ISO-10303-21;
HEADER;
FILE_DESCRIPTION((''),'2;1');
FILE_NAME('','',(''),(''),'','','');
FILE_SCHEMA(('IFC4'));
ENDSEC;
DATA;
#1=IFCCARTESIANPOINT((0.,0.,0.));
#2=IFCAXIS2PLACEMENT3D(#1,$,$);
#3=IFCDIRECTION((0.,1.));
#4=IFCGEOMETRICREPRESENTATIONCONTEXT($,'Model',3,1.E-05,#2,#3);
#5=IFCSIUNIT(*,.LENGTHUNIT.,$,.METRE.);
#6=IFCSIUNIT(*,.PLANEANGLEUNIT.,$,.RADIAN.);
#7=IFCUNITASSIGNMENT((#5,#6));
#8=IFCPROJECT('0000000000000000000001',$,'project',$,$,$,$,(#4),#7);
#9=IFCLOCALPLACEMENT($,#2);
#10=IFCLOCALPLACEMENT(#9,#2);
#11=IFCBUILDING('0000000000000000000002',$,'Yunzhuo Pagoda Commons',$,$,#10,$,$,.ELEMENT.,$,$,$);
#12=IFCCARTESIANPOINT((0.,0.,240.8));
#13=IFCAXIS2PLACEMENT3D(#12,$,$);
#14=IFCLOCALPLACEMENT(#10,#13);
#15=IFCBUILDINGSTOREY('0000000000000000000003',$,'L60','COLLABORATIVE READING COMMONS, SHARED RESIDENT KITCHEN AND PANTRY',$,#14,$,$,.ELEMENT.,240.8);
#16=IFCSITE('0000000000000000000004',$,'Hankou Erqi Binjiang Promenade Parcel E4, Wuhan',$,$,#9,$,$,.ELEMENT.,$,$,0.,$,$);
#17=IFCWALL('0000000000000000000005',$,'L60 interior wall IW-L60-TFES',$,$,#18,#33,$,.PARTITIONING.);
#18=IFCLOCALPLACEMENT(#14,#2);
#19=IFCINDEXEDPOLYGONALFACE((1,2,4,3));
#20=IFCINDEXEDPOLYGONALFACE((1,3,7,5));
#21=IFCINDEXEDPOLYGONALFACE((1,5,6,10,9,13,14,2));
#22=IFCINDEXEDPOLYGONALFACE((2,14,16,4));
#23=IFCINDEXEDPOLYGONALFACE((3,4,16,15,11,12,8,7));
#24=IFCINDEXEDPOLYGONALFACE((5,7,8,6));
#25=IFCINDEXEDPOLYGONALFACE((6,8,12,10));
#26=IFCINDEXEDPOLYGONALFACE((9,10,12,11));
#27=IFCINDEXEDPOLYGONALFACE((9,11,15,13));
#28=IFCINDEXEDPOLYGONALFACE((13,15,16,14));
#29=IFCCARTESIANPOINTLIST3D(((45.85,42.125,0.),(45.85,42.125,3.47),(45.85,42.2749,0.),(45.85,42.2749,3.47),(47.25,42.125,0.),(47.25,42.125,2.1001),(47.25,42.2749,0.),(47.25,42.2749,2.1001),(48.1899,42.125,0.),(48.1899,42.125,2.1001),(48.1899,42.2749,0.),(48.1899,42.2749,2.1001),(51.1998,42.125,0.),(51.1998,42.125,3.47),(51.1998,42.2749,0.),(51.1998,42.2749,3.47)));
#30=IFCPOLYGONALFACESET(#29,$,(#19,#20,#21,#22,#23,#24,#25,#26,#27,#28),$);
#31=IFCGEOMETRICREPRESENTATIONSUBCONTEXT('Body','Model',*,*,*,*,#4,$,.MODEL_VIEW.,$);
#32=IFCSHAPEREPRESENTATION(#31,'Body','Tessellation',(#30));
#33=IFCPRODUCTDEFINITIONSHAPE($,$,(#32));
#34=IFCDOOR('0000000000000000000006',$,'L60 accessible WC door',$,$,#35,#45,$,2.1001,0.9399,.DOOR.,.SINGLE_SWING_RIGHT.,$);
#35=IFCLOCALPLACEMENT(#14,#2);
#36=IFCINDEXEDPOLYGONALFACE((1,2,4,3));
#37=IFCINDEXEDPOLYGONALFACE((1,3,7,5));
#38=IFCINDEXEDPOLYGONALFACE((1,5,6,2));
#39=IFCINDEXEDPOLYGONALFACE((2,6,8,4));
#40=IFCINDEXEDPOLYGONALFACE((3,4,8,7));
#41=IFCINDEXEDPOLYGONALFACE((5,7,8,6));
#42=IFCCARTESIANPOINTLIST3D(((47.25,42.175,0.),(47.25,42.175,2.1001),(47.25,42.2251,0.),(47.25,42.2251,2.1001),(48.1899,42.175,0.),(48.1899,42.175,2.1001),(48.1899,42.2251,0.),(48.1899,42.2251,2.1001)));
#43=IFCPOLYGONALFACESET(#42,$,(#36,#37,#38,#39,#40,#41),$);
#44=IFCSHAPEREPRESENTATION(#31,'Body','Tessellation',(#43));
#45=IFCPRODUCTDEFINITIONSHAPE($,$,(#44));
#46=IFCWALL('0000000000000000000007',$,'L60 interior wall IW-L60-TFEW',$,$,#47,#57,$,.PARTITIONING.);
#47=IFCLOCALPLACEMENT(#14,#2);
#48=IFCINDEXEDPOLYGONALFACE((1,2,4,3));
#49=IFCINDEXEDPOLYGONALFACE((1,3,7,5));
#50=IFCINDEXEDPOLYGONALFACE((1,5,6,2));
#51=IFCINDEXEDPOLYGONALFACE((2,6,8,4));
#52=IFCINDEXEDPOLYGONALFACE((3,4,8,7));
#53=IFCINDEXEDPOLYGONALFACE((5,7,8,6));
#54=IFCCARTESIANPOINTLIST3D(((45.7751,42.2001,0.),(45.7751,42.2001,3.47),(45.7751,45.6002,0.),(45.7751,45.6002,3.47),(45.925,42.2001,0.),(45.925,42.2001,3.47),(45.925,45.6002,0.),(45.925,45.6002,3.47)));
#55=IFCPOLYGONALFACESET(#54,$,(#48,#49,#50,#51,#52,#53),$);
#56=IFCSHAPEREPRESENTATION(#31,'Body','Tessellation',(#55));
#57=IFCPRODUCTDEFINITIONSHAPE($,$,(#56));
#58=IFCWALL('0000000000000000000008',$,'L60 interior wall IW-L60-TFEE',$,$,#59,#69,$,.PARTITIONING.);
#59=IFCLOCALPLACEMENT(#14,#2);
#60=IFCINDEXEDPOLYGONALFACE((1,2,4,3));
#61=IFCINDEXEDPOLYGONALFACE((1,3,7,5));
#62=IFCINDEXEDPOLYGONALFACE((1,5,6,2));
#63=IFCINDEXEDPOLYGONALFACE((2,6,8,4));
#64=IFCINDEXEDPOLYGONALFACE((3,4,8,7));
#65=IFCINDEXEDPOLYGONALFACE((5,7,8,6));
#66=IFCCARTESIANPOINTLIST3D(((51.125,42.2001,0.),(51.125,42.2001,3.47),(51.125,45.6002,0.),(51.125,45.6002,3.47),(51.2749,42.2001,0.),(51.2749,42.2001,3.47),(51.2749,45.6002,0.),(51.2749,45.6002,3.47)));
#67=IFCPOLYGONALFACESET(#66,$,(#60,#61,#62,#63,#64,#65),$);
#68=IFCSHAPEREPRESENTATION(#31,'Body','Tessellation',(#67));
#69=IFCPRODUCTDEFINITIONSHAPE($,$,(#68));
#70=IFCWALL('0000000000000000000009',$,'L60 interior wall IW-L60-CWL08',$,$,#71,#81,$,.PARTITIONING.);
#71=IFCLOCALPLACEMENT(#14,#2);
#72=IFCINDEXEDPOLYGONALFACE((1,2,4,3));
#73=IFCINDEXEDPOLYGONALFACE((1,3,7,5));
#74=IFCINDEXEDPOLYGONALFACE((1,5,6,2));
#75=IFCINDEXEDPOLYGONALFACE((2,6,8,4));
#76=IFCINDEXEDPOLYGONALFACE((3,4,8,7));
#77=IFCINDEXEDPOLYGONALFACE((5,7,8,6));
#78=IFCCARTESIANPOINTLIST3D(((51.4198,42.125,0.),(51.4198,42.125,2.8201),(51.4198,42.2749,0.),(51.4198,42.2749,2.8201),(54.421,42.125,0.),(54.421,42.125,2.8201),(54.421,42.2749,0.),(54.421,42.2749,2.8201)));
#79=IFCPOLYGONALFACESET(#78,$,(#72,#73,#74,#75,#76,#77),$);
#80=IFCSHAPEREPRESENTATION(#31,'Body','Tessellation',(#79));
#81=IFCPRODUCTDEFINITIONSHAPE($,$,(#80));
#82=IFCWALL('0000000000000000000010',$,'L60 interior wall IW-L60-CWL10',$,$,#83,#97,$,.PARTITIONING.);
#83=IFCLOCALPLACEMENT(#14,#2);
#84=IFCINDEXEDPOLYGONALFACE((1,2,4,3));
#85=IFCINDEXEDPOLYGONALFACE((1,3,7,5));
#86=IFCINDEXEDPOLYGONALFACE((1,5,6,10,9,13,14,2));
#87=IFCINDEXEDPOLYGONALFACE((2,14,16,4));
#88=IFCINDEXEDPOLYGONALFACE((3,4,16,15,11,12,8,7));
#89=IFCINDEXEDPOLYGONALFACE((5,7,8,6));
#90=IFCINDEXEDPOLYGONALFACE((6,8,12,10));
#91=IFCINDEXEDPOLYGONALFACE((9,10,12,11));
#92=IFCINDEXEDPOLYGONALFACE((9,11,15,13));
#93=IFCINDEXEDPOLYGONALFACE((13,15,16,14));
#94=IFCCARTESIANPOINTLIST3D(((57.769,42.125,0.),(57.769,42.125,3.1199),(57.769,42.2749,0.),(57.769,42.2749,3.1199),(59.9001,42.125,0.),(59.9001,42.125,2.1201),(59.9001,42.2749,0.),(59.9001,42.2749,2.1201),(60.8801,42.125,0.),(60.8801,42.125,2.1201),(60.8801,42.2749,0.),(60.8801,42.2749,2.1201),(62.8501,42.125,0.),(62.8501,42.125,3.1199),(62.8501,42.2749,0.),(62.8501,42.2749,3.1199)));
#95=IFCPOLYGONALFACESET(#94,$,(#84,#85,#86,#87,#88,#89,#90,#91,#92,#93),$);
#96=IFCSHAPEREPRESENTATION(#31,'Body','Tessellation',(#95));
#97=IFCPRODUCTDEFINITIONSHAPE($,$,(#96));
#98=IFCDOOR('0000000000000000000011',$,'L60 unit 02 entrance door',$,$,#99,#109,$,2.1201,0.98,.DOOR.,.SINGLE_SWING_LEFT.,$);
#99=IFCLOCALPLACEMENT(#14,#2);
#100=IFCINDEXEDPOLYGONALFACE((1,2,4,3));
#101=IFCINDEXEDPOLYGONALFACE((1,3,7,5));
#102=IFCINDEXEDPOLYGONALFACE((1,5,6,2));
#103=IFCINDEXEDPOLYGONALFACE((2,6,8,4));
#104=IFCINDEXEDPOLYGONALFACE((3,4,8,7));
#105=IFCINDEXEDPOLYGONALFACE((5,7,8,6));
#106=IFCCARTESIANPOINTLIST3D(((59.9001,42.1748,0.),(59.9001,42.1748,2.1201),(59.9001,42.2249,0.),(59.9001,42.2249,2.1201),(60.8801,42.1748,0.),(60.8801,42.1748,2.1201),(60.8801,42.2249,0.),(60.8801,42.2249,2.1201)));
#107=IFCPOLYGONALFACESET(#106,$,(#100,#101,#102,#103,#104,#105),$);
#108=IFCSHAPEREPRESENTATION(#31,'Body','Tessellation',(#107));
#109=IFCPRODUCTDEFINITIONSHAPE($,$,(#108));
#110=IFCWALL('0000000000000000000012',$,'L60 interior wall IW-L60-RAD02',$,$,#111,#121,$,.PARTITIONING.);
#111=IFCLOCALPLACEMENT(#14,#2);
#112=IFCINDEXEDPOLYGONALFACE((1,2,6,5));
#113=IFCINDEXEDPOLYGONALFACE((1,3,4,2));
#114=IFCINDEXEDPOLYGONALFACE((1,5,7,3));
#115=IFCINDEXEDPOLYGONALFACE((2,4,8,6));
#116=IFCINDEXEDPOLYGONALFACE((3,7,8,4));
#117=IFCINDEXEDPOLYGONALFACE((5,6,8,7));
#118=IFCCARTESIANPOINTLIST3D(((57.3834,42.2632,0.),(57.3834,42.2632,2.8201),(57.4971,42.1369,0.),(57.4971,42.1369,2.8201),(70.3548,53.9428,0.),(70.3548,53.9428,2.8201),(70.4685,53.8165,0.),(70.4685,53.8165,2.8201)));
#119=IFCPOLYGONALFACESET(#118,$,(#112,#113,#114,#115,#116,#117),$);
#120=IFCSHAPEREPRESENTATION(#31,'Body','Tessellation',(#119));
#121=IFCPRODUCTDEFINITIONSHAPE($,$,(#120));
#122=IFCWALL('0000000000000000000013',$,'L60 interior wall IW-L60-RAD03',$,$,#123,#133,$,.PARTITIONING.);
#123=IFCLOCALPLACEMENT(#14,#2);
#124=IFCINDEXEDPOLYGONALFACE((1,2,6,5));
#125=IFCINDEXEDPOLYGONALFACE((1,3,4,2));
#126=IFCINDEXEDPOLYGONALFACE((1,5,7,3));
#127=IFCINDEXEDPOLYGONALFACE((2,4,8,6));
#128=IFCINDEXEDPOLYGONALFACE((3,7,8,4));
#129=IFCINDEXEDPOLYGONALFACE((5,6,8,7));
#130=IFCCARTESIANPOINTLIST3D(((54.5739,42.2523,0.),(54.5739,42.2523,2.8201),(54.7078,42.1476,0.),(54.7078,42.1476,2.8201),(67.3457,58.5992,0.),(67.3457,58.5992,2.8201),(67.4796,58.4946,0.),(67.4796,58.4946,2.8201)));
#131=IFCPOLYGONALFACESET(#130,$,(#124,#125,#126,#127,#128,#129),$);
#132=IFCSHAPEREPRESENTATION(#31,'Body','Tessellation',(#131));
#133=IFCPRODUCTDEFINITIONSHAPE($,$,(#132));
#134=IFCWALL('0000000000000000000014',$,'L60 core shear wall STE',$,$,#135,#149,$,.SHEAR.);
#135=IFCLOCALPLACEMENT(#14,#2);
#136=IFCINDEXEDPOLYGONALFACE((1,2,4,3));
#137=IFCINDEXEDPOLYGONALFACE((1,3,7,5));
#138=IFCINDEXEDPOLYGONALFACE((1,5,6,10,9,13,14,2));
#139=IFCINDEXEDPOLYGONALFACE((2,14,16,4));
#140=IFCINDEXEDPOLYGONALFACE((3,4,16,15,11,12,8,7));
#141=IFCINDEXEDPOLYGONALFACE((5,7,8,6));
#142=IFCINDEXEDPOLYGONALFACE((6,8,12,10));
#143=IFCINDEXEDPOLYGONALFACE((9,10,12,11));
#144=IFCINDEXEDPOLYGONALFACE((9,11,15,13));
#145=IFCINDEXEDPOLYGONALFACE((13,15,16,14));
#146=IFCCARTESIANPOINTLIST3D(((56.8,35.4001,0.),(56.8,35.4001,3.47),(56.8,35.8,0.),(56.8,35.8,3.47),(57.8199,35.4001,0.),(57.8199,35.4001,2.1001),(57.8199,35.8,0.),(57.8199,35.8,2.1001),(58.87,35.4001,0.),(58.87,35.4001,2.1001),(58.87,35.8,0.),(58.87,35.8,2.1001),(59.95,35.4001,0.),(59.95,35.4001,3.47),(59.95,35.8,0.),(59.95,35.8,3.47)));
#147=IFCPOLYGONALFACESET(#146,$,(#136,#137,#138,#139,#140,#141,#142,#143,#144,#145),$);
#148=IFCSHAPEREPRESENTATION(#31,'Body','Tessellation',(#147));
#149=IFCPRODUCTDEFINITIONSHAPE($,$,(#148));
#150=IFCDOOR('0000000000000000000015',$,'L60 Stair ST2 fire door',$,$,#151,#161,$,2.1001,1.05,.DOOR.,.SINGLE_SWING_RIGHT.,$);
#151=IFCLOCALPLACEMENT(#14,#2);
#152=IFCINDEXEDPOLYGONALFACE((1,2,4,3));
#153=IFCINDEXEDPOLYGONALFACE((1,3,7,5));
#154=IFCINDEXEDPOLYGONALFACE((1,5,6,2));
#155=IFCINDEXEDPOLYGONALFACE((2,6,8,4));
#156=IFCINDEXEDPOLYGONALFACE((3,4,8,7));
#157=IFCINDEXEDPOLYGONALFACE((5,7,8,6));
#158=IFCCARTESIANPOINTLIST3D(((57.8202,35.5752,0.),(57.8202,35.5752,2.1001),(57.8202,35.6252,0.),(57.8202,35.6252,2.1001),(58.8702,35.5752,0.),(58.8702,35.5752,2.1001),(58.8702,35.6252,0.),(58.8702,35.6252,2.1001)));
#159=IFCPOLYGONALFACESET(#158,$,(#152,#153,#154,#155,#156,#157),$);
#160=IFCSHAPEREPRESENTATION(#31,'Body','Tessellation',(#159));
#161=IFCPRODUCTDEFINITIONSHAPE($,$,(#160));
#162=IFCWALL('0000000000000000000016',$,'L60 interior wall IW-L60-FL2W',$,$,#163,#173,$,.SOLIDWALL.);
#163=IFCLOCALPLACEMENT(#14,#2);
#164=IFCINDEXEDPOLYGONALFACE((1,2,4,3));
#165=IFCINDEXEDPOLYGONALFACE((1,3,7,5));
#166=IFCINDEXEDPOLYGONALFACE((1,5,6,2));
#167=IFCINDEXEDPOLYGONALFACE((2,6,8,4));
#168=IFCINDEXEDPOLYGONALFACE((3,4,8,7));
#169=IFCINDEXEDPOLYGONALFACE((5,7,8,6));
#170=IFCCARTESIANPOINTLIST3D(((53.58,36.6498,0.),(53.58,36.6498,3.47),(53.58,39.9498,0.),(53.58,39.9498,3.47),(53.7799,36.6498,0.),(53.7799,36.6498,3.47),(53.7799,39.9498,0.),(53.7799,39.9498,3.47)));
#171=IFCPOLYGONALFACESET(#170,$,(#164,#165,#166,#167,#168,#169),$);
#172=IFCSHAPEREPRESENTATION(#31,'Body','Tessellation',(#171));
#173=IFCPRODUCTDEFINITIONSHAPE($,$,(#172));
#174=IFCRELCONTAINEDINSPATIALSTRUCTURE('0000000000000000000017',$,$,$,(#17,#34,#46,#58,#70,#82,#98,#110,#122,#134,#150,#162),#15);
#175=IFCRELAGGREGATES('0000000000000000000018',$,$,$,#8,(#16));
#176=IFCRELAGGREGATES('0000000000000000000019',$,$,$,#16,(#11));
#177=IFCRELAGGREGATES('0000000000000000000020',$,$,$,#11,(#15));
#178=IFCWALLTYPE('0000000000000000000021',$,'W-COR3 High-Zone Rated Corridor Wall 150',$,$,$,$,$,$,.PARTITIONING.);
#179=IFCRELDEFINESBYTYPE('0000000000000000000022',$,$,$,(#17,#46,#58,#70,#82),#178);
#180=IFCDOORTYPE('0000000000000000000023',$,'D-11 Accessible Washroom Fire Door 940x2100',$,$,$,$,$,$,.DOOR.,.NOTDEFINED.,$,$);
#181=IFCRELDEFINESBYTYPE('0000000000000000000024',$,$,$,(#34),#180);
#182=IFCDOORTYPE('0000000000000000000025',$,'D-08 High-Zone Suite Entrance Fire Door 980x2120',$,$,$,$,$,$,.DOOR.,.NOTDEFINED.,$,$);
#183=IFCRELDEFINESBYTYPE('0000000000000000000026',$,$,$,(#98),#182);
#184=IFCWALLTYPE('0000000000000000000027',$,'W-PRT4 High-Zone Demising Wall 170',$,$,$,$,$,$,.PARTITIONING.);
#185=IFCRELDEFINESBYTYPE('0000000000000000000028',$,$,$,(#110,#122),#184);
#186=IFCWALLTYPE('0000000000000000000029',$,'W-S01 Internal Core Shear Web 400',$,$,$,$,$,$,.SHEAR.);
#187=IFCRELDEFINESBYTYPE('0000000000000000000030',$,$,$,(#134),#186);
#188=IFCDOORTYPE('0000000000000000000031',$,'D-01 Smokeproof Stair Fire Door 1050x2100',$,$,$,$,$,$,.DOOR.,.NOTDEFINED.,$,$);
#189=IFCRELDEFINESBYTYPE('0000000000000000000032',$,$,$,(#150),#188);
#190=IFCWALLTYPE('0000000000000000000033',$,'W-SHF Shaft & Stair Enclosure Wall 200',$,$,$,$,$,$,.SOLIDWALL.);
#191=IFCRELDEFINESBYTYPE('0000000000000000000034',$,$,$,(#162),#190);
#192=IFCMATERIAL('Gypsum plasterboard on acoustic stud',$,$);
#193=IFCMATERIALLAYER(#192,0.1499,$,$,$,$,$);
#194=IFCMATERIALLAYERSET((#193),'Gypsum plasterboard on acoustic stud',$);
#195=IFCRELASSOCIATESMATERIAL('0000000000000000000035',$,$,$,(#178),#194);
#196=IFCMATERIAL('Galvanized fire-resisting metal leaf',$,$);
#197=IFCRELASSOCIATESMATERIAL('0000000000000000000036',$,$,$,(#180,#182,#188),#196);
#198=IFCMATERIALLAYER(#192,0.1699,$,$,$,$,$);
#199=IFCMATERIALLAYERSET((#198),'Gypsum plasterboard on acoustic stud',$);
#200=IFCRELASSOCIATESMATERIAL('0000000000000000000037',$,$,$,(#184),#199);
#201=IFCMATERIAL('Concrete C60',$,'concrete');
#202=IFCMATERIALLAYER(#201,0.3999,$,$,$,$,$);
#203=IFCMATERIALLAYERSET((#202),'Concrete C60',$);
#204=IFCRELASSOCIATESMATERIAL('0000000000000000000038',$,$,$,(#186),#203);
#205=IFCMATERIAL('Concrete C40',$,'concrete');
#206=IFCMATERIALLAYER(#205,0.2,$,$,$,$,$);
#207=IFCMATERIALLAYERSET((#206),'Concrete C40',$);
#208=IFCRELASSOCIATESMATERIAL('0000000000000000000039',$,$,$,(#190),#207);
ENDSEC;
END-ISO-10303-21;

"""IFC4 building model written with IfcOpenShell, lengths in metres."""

from ifc_helpers import new_model, si_unit, direction, frame, frame_2d, origin, origin_with_axes, place, context, subcontext, project, spatial, rectangle, extrude, source, transform, mapped, material, layer, layer_set, type_object, element, fill, save


model = new_model("IFC4")

# Units and contexts
model_context = context("Model", 3, precision=1e-05, world=origin(), true_north=direction((0.0, 1.0)))
body_context = subcontext(model_context, "Body", "Model", "MODEL_VIEW")
ifc_project = project(units=[si_unit("LENGTHUNIT", "METRE"), si_unit("PLANEANGLEUNIT", "RADIAN")], contexts=[model_context])

# Site, building, storey
site_placement = place(None, origin())
site = spatial("IfcSite", under=ifc_project, at=site_placement, Name="Hankou Erqi Binjiang Promenade Parcel E4, Wuhan", CompositionType="ELEMENT", RefElevation=0.0)
building_placement = place(site_placement, origin())
building = spatial("IfcBuilding", under=site, at=building_placement, Name="Yunzhuo Pagoda Commons", CompositionType="ELEMENT")
storey_placement = place(building_placement, frame((0.0, 0.0, 240.8)))
storey = spatial("IfcBuildingStorey", under=building, at=storey_placement, Name="L60", Description="COLLABORATIVE READING COMMONS, SHARED RESIDENT KITCHEN AND PANTRY", CompositionType="ELEMENT", Elevation=240.8)

# Shared definitions
ifc_material_1 = material(Name="Galvanized fire-resisting metal leaf")
shared_shape_1 = source(origin(), body_context, "Body", "SweptSolid", [
    extrude(rectangle(XDim=1.05, YDim=2.1001, at=frame_2d((0.5249, 1.05))), frame((0.0, 0.0249, 0.0), z_axis=(0.0, -1.0, 0.0), x_axis=(1.0, 0.0, 0.0)), (0.0, 0.0, 1.0), 0.05),
])

# Shared definitions
ifc_material_2 = material(Name="Gypsum plasterboard on acoustic stud")
ifc_layer_1 = layer(ifc_material_2, 0.1499)
ifc_layer_set_1 = layer_set([ifc_layer_1], Name="Gypsum plasterboard on acoustic stud")
wall_type_1 = type_object("IfcWallType", Name="W-COR3 High-Zone Rated Corridor Wall 150", PredefinedType="PARTITIONING", material=ifc_layer_set_1)

# Wall, opening, door
wall_1_placement = place(storey_placement, frame((45.8501, 42.2, 0.0), z_axis=(0.0, 0.0, 1.0), x_axis=(1.0, 0.0, 0.0)))
wall_1 = element("IfcWall", 1, at=wall_1_placement, inside=storey, type_object=wall_type_1, Name="L60 interior wall IW-L60-TFES", PredefinedType="PARTITIONING", context=body_context, shape_type="SweptSolid", body=[
    extrude(rectangle(XDim=5.3499, YDim=0.1499, at=frame_2d((2.6748, 0.0))), origin(), (0.0, 0.0, 1.0), 3.47),
])
opening_1_placement = place(wall_1_placement, frame((1.3999, 0.0, 0.0)))
opening_1 = element("IfcOpeningElement", 2, at=opening_1_placement, cuts=wall_1, PredefinedType="OPENING", context=body_context, shape_type="SweptSolid", body=[
    extrude(rectangle(XDim=0.9399, YDim=2.1001, at=frame_2d((0.47, 1.05))), frame((0.0, 0.085, 0.0), z_axis=(0.0, -1.0, 0.0), x_axis=(1.0, 0.0, 0.0)), (0.0, 0.0, 1.0), 0.1699),
])
door_type_1 = type_object("IfcDoorType", Name="D-11 Accessible Washroom Fire Door 940x2100", OperationType="NOTDEFINED", PredefinedType="DOOR", material=ifc_material_1)
shared_shape_2 = source(origin(), body_context, "Body", "SweptSolid", [
    extrude(rectangle(XDim=0.9399, YDim=2.1001, at=frame_2d((0.47, 1.05))), frame((0.0, 0.0249, 0.0), z_axis=(0.0, -1.0, 0.0), x_axis=(1.0, 0.0, 0.0)), (0.0, 0.0, 1.0), 0.05),
])
door_1_placement = place(opening_1_placement, frame((0.9399, 0.0, 0.0), z_axis=(0.0, 0.0, 1.0), x_axis=(-1.0, 0.0, 0.0)))
door_1 = element("IfcDoor", 3, at=door_1_placement, inside=storey, type_object=door_type_1, Name="L60 accessible WC door", OperationType="SINGLE_SWING_RIGHT", OverallHeight=2.1001, OverallWidth=0.9399, PredefinedType="DOOR", context=body_context, shape_type="MappedRepresentation", body=[
    mapped(shared_shape_2, transform((0.0, 0.0, 0.0), scale=1.0)),
])
fill(opening_1, door_1)

# Walls
for number, where, z_axis, x_axis, name in (
    (4, (45.8501, 42.2, 0.0), (0.0, 0.0, 1.0), (0.0, 1.0, 0.0), "L60 interior wall IW-L60-TFEW"),
    (5, (51.2, 42.2, 0.0), (0.0, 0.0, 1.0), (0.0, 1.0, 0.0), "L60 interior wall IW-L60-TFEE"),
):
    element("IfcWall", number, at=place(storey_placement, frame(where, z_axis=z_axis, x_axis=x_axis)), inside=storey, type_object=wall_type_1, Name=name, PredefinedType="PARTITIONING", context=body_context, shape_type="SweptSolid", body=[
        extrude(rectangle(XDim=3.4001, YDim=0.1499, at=frame_2d((1.7002, 0.0))), origin(), (0.0, 0.0, 1.0), 3.47),
    ])
wall_2_placement = place(storey_placement, frame((51.4199, 42.2, 0.0), z_axis=(0.0, 0.0, 1.0), x_axis=(1.0, 0.0, 0.0)))
element("IfcWall", 6, at=wall_2_placement, inside=storey, type_object=wall_type_1, Name="L60 interior wall IW-L60-CWL08", PredefinedType="PARTITIONING", context=body_context, shape_type="SweptSolid", body=[
    extrude(rectangle(XDim=3.0012, YDim=0.1499, at=frame_2d((1.5005, 0.0))), origin(), (0.0, 0.0, 1.0), 2.8201),
])

# Wall, opening, door
door_type_2 = type_object("IfcDoorType", Name="D-08 High-Zone Suite Entrance Fire Door 980x2120", OperationType="NOTDEFINED", PredefinedType="DOOR", material=ifc_material_1)
shared_shape_3 = source(origin(), body_context, "Body", "SweptSolid", [
    extrude(rectangle(XDim=0.98, YDim=2.1201, at=frame_2d((0.49, 1.0601))), frame((0.0, 0.0249, 0.0), z_axis=(0.0, -1.0, 0.0), x_axis=(1.0, 0.0, 0.0)), (0.0, 0.0, 1.0), 0.05),
])
wall_3_placement = place(storey_placement, frame((57.769, 42.2, 0.0), z_axis=(0.0, 0.0, 1.0), x_axis=(1.0, 0.0, 0.0)))
wall_3 = element("IfcWall", 7, at=wall_3_placement, inside=storey, type_object=wall_type_1, Name="L60 interior wall IW-L60-CWL10", PredefinedType="PARTITIONING", context=body_context, shape_type="SweptSolid", body=[
    extrude(rectangle(XDim=5.0811, YDim=0.1499, at=frame_2d((2.5405, 0.0))), origin(), (0.0, 0.0, 1.0), 3.1199),
])
opening_2_placement = place(wall_3_placement, frame((2.1311, 0.0, 0.0)))
opening_2 = element("IfcOpeningElement", 8, at=opening_2_placement, cuts=wall_3, PredefinedType="OPENING", context=body_context, shape_type="SweptSolid", body=[
    extrude(rectangle(XDim=0.98, YDim=2.1201, at=frame_2d((0.49, 1.0601))), frame((0.0, 0.085, 0.0), z_axis=(0.0, -1.0, 0.0), x_axis=(1.0, 0.0, 0.0)), (0.0, 0.0, 1.0), 0.1699),
])
door_2_placement = place(opening_2_placement, origin_with_axes())
door_2 = element("IfcDoor", 9, at=door_2_placement, inside=storey, type_object=door_type_2, Name="L60 unit 02 entrance door", OperationType="SINGLE_SWING_LEFT", OverallHeight=2.1201, OverallWidth=0.98, PredefinedType="DOOR", context=body_context, shape_type="MappedRepresentation", body=[
    mapped(shared_shape_3, transform((0.0, 0.0, 0.0), scale=1.0)),
])
fill(opening_2, door_2)

# Walls
ifc_layer_2 = layer(ifc_material_2, 0.1699)
ifc_layer_set_2 = layer_set([ifc_layer_2], Name="Gypsum plasterboard on acoustic stud")
wall_type_2 = type_object("IfcWallType", Name="W-PRT4 High-Zone Demising Wall 170", PredefinedType="PARTITIONING", material=ifc_layer_set_2)
wall_4_placement = place(storey_placement, frame((57.4402, 42.2, 0.0), z_axis=(0.0, 0.0, 1.0), x_axis=(0.74314, 0.669135, 0.0)))
element("IfcWall", 10, at=wall_4_placement, inside=storey, type_object=wall_type_2, Name="L60 interior wall IW-L60-RAD02", PredefinedType="PARTITIONING", context=body_context, shape_type="SweptSolid", body=[
    extrude(rectangle(XDim=17.4548, YDim=0.1699, at=frame_2d((8.7275, 0.0))), origin(), (0.0, 0.0, 1.0), 2.8201),
])
wall_5_placement = place(storey_placement, frame((54.6409, 42.2, 0.0), z_axis=(0.0, 0.0, 1.0), x_axis=(0.615665, 0.788008, 0.0)))
element("IfcWall", 11, at=wall_5_placement, inside=storey, type_object=wall_type_2, Name="L60 interior wall IW-L60-RAD03", PredefinedType="PARTITIONING", context=body_context, shape_type="SweptSolid", body=[
    extrude(rectangle(XDim=20.7446, YDim=0.1699, at=frame_2d((10.3723, 0.0))), origin(), (0.0, 0.0, 1.0), 2.8201),
])

# Wall, opening, door
ifc_material_3 = material(Name="Concrete C60", Category="concrete")
ifc_layer_3 = layer(ifc_material_3, 0.3999)
ifc_layer_set_3 = layer_set([ifc_layer_3], Name="Concrete C60")
wall_type_3 = type_object("IfcWallType", Name="W-S01 Internal Core Shear Web 400", PredefinedType="SHEAR", material=ifc_layer_set_3)
wall_6_placement = place(storey_placement, frame((56.8, 35.6001, 0.0), z_axis=(0.0, 0.0, 1.0), x_axis=(1.0, 0.0, 0.0)))
wall_6 = element("IfcWall", 12, at=wall_6_placement, inside=storey, type_object=wall_type_3, Name="L60 core shear wall STE", PredefinedType="SHEAR", context=body_context, shape_type="SweptSolid", body=[
    extrude(rectangle(XDim=3.1499, YDim=0.3999, at=frame_2d((1.575, 0.0))), origin(), (0.0, 0.0, 1.0), 3.47),
])
opening_3_placement = place(wall_6_placement, frame((1.02, 0.0, 0.0)))
opening_3 = element("IfcOpeningElement", 13, at=opening_3_placement, cuts=wall_6, PredefinedType="OPENING", context=body_context, shape_type="SweptSolid", body=[
    extrude(rectangle(XDim=1.05, YDim=2.1001, at=frame_2d((0.5249, 1.05))), frame((0.0, 0.21, 0.0), z_axis=(0.0, -1.0, 0.0), x_axis=(1.0, 0.0, 0.0)), (0.0, 0.0, 1.0), 0.4199),
])
door_type_3 = type_object("IfcDoorType", Name="D-01 Smokeproof Stair Fire Door 1050x2100", OperationType="NOTDEFINED", PredefinedType="DOOR", material=ifc_material_1)
door_3_placement = place(opening_3_placement, frame((1.05, 0.0, 0.0), z_axis=(0.0, 0.0, 1.0), x_axis=(-1.0, 0.0, 0.0)))
door_3 = element("IfcDoor", 14, at=door_3_placement, inside=storey, type_object=door_type_3, Name="L60 Stair ST2 fire door", OperationType="SINGLE_SWING_RIGHT", OverallHeight=2.1001, OverallWidth=1.05, PredefinedType="DOOR", context=body_context, shape_type="MappedRepresentation", body=[
    mapped(shared_shape_1, transform((0.0, 0.0, 0.0), scale=1.0)),
])
fill(opening_3, door_3)

# Wall
ifc_material_4 = material(Name="Concrete C40", Category="concrete")
ifc_layer_4 = layer(ifc_material_4, 0.2)
ifc_layer_set_4 = layer_set([ifc_layer_4], Name="Concrete C40")
wall_type_4 = type_object("IfcWallType", Name="W-SHF Shaft & Stair Enclosure Wall 200", PredefinedType="SOLIDWALL", material=ifc_layer_set_4)
wall_7_placement = place(storey_placement, frame((53.6799, 36.6499, 0.0), z_axis=(0.0, 0.0, 1.0), x_axis=(0.0, 1.0, 0.0)))
element("IfcWall", 15, at=wall_7_placement, inside=storey, type_object=wall_type_4, Name="L60 interior wall IW-L60-FL2W", PredefinedType="SOLIDWALL", context=body_context, shape_type="SweptSolid", body=[
    extrude(rectangle(XDim=3.3, YDim=0.2, at=frame_2d((1.6499, 0.0))), origin(), (0.0, 0.0, 1.0), 3.47),
])

save(model, "model.ifc")
